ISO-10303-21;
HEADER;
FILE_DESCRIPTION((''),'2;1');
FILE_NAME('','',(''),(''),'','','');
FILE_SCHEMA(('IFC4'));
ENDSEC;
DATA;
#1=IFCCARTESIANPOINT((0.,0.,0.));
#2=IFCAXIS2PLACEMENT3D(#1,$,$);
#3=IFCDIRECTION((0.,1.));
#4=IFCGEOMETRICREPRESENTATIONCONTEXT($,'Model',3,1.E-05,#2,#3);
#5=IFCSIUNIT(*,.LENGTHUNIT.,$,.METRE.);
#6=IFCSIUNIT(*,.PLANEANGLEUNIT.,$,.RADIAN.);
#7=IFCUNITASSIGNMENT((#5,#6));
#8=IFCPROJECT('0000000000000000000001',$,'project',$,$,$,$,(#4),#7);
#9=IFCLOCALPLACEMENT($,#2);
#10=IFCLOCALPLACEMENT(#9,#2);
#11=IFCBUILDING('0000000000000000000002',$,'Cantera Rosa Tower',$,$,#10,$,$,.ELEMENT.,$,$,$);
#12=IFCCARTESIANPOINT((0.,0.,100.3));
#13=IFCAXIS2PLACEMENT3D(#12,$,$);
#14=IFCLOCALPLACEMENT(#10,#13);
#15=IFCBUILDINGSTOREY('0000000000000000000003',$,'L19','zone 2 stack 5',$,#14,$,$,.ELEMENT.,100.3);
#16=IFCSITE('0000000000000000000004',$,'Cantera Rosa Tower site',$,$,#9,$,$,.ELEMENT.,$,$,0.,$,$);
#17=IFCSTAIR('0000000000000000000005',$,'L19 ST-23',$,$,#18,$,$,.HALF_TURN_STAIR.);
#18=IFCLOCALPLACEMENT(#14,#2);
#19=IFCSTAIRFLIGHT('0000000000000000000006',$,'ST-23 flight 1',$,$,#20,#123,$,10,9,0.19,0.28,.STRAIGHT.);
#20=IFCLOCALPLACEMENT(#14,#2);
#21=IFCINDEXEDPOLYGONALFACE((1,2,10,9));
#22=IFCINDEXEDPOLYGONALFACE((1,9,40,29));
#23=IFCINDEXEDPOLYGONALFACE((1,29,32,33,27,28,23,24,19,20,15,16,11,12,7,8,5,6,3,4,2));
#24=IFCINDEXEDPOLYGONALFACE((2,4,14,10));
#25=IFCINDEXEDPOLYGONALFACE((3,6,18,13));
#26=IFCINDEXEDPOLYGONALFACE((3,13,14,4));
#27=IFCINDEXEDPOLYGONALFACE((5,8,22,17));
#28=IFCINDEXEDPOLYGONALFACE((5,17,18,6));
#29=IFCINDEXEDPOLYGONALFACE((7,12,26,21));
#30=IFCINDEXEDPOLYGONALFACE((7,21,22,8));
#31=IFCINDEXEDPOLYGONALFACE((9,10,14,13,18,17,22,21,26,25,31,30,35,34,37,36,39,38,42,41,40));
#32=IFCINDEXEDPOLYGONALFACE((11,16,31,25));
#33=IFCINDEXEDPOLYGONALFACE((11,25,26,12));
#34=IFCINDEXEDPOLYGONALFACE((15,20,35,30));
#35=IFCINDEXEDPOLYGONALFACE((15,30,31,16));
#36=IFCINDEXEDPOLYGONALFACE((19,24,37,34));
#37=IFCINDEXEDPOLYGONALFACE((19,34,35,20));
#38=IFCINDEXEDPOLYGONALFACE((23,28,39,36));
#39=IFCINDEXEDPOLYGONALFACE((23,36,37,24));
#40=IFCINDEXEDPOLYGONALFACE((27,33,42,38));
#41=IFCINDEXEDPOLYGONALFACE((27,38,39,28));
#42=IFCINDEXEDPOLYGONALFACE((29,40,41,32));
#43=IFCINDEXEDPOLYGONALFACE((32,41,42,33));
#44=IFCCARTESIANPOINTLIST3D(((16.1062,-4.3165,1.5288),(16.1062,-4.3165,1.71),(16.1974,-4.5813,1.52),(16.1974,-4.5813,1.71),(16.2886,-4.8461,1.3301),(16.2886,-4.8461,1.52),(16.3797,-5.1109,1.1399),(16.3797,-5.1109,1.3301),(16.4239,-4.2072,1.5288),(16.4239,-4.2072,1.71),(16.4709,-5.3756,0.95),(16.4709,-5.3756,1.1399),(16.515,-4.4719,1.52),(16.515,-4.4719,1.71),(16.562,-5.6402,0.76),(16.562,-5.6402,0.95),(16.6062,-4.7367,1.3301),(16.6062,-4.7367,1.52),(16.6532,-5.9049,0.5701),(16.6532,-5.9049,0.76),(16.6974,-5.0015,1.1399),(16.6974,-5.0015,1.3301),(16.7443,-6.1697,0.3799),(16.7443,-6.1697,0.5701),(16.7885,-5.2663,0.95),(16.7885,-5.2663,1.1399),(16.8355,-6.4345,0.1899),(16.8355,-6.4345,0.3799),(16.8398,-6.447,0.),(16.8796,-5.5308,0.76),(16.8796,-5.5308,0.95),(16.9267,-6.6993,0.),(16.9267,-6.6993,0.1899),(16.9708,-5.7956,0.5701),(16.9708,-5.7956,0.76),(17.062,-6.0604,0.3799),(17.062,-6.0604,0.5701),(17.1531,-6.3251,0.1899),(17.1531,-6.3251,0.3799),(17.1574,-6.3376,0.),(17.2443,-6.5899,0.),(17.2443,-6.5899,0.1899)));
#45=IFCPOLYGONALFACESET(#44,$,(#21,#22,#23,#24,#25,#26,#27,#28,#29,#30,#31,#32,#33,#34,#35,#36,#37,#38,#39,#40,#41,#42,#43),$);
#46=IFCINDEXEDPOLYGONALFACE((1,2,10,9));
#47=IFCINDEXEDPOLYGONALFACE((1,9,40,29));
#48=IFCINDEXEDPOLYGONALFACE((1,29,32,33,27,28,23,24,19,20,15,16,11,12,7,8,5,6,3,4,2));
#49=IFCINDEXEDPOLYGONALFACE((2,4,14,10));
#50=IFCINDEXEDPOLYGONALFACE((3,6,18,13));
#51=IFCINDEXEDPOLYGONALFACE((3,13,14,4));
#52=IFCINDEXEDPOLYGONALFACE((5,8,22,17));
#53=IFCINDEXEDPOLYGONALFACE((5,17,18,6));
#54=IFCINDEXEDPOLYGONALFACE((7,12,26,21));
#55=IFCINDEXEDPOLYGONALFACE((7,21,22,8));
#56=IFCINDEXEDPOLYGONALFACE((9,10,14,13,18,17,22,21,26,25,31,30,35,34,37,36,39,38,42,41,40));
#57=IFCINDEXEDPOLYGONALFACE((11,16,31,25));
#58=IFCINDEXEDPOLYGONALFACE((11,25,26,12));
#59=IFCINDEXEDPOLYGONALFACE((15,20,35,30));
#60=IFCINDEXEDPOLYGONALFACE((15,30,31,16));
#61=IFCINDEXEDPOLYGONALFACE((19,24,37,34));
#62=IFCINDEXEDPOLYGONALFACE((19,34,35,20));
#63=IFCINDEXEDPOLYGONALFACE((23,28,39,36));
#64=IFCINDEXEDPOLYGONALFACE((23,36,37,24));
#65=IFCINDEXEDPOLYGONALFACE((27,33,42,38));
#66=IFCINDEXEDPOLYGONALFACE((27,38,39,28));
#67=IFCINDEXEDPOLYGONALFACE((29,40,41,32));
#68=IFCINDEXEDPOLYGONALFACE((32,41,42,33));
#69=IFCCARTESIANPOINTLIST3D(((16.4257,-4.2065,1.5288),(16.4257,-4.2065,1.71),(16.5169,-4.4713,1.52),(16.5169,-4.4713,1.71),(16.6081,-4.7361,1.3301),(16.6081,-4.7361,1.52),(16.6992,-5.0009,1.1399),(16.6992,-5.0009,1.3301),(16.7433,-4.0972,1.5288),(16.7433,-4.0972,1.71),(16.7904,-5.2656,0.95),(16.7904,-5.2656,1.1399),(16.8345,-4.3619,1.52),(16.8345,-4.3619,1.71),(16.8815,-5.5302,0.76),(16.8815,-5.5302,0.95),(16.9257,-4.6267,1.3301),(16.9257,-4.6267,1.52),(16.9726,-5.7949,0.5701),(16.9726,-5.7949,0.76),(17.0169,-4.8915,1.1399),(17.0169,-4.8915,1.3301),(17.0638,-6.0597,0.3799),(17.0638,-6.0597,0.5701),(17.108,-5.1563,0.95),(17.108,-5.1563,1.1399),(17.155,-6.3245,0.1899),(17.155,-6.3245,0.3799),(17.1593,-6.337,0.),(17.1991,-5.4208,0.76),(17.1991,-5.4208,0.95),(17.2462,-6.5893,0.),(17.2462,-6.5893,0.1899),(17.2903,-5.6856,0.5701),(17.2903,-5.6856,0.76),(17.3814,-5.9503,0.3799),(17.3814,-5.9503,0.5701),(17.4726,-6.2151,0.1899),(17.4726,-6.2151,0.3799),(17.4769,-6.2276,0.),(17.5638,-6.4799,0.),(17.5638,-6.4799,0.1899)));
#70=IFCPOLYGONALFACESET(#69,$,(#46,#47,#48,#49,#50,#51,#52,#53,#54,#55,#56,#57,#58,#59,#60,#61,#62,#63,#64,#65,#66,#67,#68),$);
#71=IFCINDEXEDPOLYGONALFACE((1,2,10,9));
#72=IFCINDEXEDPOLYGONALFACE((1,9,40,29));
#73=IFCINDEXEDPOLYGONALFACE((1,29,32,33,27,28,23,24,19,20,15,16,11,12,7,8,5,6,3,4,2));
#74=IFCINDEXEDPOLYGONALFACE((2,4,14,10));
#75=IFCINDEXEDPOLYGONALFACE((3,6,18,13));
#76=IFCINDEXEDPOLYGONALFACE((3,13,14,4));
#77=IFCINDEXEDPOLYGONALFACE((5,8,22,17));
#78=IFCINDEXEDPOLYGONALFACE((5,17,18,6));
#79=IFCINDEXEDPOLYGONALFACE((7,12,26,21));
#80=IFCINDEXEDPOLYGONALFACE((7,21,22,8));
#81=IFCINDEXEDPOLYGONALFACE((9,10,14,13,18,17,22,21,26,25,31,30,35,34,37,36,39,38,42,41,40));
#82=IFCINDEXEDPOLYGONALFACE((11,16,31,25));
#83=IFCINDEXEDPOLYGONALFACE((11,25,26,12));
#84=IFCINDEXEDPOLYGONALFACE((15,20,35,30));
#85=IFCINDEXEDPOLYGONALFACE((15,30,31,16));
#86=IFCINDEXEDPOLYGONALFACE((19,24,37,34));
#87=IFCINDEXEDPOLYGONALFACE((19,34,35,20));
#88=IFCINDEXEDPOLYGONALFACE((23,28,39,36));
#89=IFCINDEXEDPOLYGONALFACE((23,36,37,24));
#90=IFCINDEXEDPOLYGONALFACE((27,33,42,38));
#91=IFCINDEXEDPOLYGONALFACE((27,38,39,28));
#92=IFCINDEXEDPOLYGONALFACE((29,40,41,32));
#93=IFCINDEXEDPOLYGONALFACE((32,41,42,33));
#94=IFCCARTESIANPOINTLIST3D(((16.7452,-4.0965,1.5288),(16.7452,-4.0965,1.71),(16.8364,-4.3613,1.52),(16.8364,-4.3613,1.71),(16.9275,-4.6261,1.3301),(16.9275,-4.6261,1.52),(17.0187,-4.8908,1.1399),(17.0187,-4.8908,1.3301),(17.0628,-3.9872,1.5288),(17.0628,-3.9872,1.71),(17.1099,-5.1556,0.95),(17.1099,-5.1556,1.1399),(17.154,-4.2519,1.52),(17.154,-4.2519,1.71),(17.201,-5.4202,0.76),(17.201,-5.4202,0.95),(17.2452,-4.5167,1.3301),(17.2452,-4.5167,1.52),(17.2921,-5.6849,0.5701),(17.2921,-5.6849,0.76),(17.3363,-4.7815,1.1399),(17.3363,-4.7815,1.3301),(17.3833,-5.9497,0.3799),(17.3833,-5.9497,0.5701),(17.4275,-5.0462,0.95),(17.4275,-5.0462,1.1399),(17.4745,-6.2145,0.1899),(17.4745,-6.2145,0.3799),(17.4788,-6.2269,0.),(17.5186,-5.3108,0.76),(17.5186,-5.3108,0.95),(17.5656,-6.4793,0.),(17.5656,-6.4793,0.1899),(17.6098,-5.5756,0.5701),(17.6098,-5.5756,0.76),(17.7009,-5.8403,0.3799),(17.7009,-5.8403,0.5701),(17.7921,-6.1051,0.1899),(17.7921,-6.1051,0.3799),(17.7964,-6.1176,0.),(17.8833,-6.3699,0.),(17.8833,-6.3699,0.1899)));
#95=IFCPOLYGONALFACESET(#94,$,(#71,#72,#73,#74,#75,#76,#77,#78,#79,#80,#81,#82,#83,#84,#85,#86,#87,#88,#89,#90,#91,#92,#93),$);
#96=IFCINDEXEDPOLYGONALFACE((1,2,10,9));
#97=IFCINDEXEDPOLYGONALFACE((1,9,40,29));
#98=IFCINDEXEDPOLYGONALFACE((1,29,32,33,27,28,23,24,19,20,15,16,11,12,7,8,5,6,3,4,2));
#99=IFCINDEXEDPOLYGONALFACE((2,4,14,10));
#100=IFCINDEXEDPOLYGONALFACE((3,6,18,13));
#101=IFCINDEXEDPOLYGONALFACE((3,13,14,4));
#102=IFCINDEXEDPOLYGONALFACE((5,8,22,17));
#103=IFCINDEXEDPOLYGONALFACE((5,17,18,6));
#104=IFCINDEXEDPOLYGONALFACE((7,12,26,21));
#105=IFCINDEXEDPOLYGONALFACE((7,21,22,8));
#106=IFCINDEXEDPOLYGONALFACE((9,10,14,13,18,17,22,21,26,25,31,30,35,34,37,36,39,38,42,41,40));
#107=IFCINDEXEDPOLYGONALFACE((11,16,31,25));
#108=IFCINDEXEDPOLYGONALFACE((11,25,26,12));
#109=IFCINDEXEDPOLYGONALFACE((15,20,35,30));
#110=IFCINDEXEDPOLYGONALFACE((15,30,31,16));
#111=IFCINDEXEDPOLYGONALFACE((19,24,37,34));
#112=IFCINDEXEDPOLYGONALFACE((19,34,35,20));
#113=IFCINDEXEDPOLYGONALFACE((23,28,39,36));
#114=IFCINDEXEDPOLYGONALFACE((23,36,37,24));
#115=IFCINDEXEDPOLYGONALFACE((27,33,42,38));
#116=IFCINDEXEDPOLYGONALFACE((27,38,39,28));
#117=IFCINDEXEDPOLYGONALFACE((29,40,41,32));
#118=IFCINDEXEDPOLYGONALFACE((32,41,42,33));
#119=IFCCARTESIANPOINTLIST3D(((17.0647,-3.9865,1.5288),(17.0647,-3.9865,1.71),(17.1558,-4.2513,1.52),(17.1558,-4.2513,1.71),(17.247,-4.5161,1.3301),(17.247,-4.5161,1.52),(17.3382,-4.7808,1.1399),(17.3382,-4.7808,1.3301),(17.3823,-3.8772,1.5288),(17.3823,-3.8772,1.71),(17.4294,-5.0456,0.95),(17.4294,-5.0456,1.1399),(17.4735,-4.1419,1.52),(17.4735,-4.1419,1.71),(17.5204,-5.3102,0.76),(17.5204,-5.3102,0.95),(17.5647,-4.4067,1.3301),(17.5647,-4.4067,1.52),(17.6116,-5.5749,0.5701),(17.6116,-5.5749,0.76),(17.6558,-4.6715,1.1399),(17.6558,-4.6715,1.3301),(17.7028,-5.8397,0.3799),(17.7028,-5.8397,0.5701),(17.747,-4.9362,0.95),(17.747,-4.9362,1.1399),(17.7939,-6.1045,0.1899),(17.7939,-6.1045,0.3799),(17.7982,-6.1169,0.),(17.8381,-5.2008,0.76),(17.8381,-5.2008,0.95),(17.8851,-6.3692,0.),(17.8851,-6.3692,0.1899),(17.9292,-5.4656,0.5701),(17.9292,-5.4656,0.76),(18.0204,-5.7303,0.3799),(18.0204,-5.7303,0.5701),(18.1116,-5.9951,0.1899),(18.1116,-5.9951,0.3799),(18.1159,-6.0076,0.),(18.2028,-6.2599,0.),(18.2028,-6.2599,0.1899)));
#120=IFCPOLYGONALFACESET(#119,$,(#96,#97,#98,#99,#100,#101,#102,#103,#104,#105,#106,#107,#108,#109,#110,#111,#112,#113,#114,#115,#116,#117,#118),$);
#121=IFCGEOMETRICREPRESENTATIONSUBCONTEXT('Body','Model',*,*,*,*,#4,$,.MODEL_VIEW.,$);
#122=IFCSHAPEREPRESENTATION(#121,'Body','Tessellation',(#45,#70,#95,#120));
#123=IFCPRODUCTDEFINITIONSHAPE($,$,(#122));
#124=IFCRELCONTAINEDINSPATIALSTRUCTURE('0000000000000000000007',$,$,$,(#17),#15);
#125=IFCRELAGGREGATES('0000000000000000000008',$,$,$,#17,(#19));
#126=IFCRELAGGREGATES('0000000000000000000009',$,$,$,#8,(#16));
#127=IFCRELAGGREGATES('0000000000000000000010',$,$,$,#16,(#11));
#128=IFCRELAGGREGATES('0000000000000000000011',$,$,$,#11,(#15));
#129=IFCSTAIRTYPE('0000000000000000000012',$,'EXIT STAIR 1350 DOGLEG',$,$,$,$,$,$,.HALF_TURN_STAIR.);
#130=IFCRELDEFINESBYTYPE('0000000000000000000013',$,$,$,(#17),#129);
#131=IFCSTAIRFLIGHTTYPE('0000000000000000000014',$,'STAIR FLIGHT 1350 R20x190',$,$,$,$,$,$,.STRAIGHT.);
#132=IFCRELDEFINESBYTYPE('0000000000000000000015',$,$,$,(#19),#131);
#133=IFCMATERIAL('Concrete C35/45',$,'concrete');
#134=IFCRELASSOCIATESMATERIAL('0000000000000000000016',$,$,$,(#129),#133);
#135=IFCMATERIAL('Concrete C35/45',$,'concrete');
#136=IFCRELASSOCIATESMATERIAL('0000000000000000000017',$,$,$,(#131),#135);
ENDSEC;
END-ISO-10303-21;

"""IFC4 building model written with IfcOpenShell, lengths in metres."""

from ifc_helpers import new_model, si_unit, direction, frame, origin, place, context, subcontext, project, spatial, polyline, outline, extrude, material, type_object, element, aggregate, save


model = new_model("IFC4")

# Units and contexts
model_context = context("Model", 3, precision=1e-05, world=origin(), true_north=direction((0.0, 1.0)))
body_context = subcontext(model_context, "Body", "Model", "MODEL_VIEW")
ifc_project = project(units=[si_unit("LENGTHUNIT", "METRE"), si_unit("PLANEANGLEUNIT", "RADIAN")], contexts=[model_context])

# Site, building, storey
site_placement = place(None, origin())
site = spatial("IfcSite", under=ifc_project, at=site_placement, Name="Cantera Rosa Tower site", CompositionType="ELEMENT", RefElevation=0.0)
building_placement = place(site_placement, origin())
building = spatial("IfcBuilding", under=site, at=building_placement, Name="Cantera Rosa Tower", CompositionType="ELEMENT")
storey_placement = place(building_placement, frame((0.0, 0.0, 100.3)))
storey = spatial("IfcBuildingStorey", under=building, at=storey_placement, Name="L19", Description="zone 2 stack 5", CompositionType="ELEMENT", Elevation=100.3)

# Stair, stair flight
ifc_material_1 = material(Name="Concrete C35/45", Category="concrete")
stair_type = type_object("IfcStairType", Name="EXIT STAIR 1350 DOGLEG", PredefinedType="HALF_TURN_STAIR", material=ifc_material_1)
stair_placement = place(storey_placement, origin())
stair = element("IfcStair", 1, at=stair_placement, inside=storey, type_object=stair_type, Name="L19 ST-23", PredefinedType="HALF_TURN_STAIR")
ifc_material_2 = material(Name="Concrete C35/45", Category="concrete")
stair_flight_type = type_object("IfcStairFlightType", Name="STAIR FLIGHT 1350 R20x190", PredefinedType="STRAIGHT", material=ifc_material_2)
stair_flight_1_placement = place(storey_placement, frame((17.5649, -6.4795, 0.0), z_axis=(0.0, 0.0, 1.0), x_axis=(-0.325568, 0.945519, 0.0)))
stair_flight_1 = element("IfcStairFlight", 2, at=stair_flight_1_placement, type_object=stair_flight_type, Name="ST-23 flight 1", NumberOfRisers=10, NumberOfTreads=9, PredefinedType="STRAIGHT", RiserHeight=0.19, TreadLength=0.28, context=body_context, shape_type="SweptSolid", body=[
    extrude(outline(polyline([(0.0, 0.0), (0.0, 0.1899), (0.28, 0.1899), (0.28, 0.3799), (0.5601, 0.3799), (0.5601, 0.5701), (0.8401, 0.5701), (0.8401, 0.76), (1.1201, 0.76), (1.1201, 0.95), (1.3999, 0.95), (1.3999, 1.1399), (1.6799, 1.1399), (1.6799, 1.3301), (1.96, 1.3301), (1.96, 1.52), (2.24, 1.52), (2.24, 1.71), (2.52, 1.71), (2.52, 1.8999), (2.52, 1.5288), (0.2668, 0.0), (0.0, 0.0)])), frame((0.0, 0.675, 0.0), z_axis=(0.0, -1.0, 0.0), x_axis=(1.0, 0.0, 0.0)), (0.0, 0.0, 1.0), 0.3359),
    extrude(outline(polyline([(0.0, 0.0), (0.0, 0.1899), (0.28, 0.1899), (0.28, 0.3799), (0.5601, 0.3799), (0.5601, 0.5701), (0.8401, 0.5701), (0.8401, 0.76), (1.1201, 0.76), (1.1201, 0.95), (1.3999, 0.95), (1.3999, 1.1399), (1.6799, 1.1399), (1.6799, 1.3301), (1.96, 1.3301), (1.96, 1.52), (2.24, 1.52), (2.24, 1.71), (2.52, 1.71), (2.52, 1.8999), (2.52, 1.5288), (0.2668, 0.0), (0.0, 0.0)])), frame((0.0, 0.3372, 0.0), z_axis=(0.0, -1.0, 0.0), x_axis=(1.0, 0.0, 0.0)), (0.0, 0.0, 1.0), 0.3359),
    extrude(outline(polyline([(0.0, 0.0), (0.0, 0.1899), (0.28, 0.1899), (0.28, 0.3799), (0.5601, 0.3799), (0.5601, 0.5701), (0.8401, 0.5701), (0.8401, 0.76), (1.1201, 0.76), (1.1201, 0.95), (1.3999, 0.95), (1.3999, 1.1399), (1.6799, 1.1399), (1.6799, 1.3301), (1.96, 1.3301), (1.96, 1.52), (2.24, 1.52), (2.24, 1.71), (2.52, 1.71), (2.52, 1.8999), (2.52, 1.5288), (0.2668, 0.0), (0.0, 0.0)])), frame((0.0, -0.0007, 0.0), z_axis=(0.0, -1.0, 0.0), x_axis=(1.0, 0.0, 0.0)), (0.0, 0.0, 1.0), 0.3359),
    extrude(outline(polyline([(0.0, 0.0), (0.0, 0.1899), (0.28, 0.1899), (0.28, 0.3799), (0.5601, 0.3799), (0.5601, 0.5701), (0.8401, 0.5701), (0.8401, 0.76), (1.1201, 0.76), (1.1201, 0.95), (1.3999, 0.95), (1.3999, 1.1399), (1.6799, 1.1399), (1.6799, 1.3301), (1.96, 1.3301), (1.96, 1.52), (2.24, 1.52), (2.24, 1.71), (2.52, 1.71), (2.52, 1.8999), (2.52, 1.5288), (0.2668, 0.0), (0.0, 0.0)])), frame((0.0, -0.3386, 0.0), z_axis=(0.0, -1.0, 0.0), x_axis=(1.0, 0.0, 0.0)), (0.0, 0.0, 1.0), 0.3359),
])
aggregate(stair, [stair_flight_1])

save(model, "model.ifc")
